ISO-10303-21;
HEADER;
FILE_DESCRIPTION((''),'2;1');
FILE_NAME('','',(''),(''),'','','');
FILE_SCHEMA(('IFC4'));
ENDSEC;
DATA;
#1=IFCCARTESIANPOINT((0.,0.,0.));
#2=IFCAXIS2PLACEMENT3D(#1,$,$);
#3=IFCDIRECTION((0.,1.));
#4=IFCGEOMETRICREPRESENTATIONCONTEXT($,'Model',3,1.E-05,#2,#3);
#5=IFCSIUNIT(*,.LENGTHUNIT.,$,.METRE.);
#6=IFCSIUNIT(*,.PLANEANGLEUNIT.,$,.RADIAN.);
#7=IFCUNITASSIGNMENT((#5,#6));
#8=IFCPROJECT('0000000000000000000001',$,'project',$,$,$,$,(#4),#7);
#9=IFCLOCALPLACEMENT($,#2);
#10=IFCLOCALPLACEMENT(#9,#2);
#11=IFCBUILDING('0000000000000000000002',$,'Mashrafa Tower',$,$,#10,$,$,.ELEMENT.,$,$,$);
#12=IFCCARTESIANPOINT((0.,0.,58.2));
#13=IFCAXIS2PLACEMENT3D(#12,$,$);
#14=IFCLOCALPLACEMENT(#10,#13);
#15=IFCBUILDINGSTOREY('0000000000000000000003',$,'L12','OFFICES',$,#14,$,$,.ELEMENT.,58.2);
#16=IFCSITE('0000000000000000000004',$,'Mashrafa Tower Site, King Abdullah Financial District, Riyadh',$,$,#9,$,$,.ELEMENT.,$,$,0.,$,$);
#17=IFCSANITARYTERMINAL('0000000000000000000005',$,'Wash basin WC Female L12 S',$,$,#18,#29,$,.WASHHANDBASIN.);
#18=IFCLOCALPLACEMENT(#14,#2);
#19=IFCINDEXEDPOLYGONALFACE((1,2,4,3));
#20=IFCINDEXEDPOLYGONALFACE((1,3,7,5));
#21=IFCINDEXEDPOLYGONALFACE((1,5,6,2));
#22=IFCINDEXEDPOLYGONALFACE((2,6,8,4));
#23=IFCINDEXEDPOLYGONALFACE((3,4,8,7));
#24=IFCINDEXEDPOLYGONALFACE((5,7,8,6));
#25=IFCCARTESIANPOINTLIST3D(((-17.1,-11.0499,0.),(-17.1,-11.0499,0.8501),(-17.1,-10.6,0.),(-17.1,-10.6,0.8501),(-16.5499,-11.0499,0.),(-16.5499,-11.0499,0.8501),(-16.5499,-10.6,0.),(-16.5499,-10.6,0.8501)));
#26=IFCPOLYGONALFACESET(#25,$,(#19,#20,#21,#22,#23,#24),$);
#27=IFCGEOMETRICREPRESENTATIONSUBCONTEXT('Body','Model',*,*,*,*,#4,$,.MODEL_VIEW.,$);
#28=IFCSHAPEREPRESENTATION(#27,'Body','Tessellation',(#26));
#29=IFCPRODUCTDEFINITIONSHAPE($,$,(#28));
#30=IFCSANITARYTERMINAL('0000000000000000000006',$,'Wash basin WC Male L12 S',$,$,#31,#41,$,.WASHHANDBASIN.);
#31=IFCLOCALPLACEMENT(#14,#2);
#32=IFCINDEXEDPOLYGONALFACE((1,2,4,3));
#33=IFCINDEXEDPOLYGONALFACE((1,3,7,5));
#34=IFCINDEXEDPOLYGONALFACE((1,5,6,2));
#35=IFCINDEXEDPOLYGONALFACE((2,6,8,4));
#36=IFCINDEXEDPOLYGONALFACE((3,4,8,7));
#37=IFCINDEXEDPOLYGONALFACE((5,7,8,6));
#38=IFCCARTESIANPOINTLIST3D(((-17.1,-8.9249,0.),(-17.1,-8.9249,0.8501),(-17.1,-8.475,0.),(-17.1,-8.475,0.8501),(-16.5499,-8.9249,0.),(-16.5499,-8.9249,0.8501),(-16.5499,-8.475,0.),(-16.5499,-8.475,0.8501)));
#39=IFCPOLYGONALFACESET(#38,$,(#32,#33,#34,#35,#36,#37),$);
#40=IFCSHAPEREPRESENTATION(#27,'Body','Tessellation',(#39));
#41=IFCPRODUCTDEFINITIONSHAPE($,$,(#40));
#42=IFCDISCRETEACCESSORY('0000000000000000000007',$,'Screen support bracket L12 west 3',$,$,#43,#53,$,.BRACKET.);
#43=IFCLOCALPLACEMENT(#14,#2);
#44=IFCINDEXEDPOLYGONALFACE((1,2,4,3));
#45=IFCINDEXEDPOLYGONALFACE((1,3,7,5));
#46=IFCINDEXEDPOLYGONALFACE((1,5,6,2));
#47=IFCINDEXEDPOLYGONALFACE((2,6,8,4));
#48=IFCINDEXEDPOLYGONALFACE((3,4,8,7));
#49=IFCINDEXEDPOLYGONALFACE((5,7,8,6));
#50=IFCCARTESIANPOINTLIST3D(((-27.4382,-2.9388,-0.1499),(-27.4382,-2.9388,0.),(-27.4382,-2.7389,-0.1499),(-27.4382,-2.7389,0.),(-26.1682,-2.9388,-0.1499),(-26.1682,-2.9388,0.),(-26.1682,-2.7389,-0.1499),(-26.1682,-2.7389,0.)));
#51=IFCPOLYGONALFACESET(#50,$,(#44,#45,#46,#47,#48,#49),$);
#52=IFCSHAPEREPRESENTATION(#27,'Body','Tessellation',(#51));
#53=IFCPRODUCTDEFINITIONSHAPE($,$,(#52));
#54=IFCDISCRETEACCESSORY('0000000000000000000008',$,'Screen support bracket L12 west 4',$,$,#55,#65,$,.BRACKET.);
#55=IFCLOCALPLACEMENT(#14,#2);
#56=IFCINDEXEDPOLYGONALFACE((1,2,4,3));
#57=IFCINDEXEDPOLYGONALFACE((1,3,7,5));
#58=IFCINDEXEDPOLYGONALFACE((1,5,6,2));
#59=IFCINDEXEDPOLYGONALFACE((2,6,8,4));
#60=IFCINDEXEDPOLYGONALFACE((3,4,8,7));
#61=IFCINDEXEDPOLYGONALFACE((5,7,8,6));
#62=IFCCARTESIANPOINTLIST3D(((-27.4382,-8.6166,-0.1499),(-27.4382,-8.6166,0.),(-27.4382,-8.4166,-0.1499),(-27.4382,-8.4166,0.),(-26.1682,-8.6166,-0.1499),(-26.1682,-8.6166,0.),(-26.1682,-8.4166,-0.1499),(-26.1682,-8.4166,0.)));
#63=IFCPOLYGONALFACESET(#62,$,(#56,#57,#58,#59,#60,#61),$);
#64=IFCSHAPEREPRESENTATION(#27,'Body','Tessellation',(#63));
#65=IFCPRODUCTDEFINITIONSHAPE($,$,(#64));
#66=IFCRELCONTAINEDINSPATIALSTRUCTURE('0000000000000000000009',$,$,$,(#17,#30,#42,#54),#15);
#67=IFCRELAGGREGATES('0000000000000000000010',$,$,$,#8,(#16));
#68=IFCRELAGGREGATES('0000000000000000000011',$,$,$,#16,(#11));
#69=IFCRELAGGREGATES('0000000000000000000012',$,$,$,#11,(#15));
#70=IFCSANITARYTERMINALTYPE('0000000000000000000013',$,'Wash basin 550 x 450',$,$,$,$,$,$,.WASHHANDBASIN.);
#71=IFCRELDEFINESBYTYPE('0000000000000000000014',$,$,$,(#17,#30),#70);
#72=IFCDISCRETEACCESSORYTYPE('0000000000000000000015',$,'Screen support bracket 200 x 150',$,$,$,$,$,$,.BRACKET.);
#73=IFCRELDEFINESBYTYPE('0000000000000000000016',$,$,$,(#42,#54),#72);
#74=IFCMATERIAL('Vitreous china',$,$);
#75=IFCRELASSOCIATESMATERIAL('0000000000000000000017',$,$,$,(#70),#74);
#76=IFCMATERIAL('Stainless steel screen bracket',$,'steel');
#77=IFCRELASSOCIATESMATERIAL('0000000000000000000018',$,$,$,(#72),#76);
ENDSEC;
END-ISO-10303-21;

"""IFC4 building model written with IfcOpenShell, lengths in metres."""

from ifc_helpers import new_model, si_unit, direction, frame, origin, origin_2d, place, context, subcontext, project, spatial, rectangle, extrude, source, transform, mapped, material, type_object, type_shapes, element, save


model = new_model("IFC4")

# Units and contexts
model_context = context("Model", 3, precision=1e-05, world=origin(), true_north=direction((0.0, 1.0)))
body_context = subcontext(model_context, "Body", "Model", "MODEL_VIEW")
ifc_project = project(units=[si_unit("LENGTHUNIT", "METRE"), si_unit("PLANEANGLEUNIT", "RADIAN")], contexts=[model_context])

# Site, building, storey
site_placement = place(None, origin())
site = spatial("IfcSite", under=ifc_project, at=site_placement, Name="Mashrafa Tower Site, King Abdullah Financial District, Riyadh", CompositionType="ELEMENT", RefElevation=0.0)
building_placement = place(site_placement, origin())
building = spatial("IfcBuilding", under=site, at=building_placement, Name="Mashrafa Tower", CompositionType="ELEMENT")
storey_placement = place(building_placement, frame((0.0, 0.0, 58.2)))
storey = spatial("IfcBuildingStorey", under=building, at=storey_placement, Name="L12", Description="OFFICES", CompositionType="ELEMENT", Elevation=58.2)

# Sanitary terminals
ifc_material_1 = material(Name="Vitreous china")
sanitary_terminal_type_1 = type_object("IfcSanitaryTerminalType", Name="Wash basin 550 x 450", PredefinedType="WASHHANDBASIN", material=ifc_material_1)
for number, where, z_axis, x_axis, name in (
    (1, (-16.825, -10.825, 0.0), (0.0, 0.0, 1.0), (1.0, 0.0, 0.0), "Wash basin WC Female L12 S"),
    (2, (-16.825, -8.7, 0.0), (0.0, 0.0, 1.0), (1.0, 0.0, 0.0), "Wash basin WC Male L12 S"),
):
    element("IfcSanitaryTerminal", number, at=place(storey_placement, frame(where, z_axis=z_axis, x_axis=x_axis)), inside=storey, type_object=sanitary_terminal_type_1, Name=name, PredefinedType="WASHHANDBASIN", context=body_context, shape_type="SweptSolid", body=[
        extrude(rectangle(XDim=0.55, YDim=0.45, at=origin_2d()), origin(), (0.0, 0.0, 1.0), 0.8501),
    ])

# Discrete accessories
ifc_material_2 = material(Name="Stainless steel screen bracket", Category="steel")
discrete_accessory_type = type_object("IfcDiscreteAccessoryType", Name="Screen support bracket 200 x 150", PredefinedType="BRACKET", material=ifc_material_2)
shared_shape_1 = source(origin(), body_context, "Body", "SweptSolid", [
    extrude(rectangle(XDim=0.2, YDim=1.27, at=origin_2d()), origin(), (0.0, 0.0, 1.0), 0.1499),
])
type_shapes(discrete_accessory_type, [shared_shape_1])
for number, where, z_axis, x_axis, name in (
    (3, (-26.8032, -2.8389, -0.1499), (0.0, 0.0, 1.0), (0.0, -1.0, 0.0), "Screen support bracket L12 west 3"),
    (4, (-26.8032, -8.5166, -0.1499), (0.0, 0.0, 1.0), (0.0, -1.0, 0.0), "Screen support bracket L12 west 4"),
):
    element("IfcDiscreteAccessory", number, at=place(storey_placement, frame(where, z_axis=z_axis, x_axis=x_axis)), inside=storey, type_object=discrete_accessory_type, Name=name, PredefinedType="BRACKET", context=body_context, shape_type="MappedRepresentation", body=[
        mapped(shared_shape_1, transform((0.0, 0.0, 0.0))),
    ])

save(model, "model.ifc")
